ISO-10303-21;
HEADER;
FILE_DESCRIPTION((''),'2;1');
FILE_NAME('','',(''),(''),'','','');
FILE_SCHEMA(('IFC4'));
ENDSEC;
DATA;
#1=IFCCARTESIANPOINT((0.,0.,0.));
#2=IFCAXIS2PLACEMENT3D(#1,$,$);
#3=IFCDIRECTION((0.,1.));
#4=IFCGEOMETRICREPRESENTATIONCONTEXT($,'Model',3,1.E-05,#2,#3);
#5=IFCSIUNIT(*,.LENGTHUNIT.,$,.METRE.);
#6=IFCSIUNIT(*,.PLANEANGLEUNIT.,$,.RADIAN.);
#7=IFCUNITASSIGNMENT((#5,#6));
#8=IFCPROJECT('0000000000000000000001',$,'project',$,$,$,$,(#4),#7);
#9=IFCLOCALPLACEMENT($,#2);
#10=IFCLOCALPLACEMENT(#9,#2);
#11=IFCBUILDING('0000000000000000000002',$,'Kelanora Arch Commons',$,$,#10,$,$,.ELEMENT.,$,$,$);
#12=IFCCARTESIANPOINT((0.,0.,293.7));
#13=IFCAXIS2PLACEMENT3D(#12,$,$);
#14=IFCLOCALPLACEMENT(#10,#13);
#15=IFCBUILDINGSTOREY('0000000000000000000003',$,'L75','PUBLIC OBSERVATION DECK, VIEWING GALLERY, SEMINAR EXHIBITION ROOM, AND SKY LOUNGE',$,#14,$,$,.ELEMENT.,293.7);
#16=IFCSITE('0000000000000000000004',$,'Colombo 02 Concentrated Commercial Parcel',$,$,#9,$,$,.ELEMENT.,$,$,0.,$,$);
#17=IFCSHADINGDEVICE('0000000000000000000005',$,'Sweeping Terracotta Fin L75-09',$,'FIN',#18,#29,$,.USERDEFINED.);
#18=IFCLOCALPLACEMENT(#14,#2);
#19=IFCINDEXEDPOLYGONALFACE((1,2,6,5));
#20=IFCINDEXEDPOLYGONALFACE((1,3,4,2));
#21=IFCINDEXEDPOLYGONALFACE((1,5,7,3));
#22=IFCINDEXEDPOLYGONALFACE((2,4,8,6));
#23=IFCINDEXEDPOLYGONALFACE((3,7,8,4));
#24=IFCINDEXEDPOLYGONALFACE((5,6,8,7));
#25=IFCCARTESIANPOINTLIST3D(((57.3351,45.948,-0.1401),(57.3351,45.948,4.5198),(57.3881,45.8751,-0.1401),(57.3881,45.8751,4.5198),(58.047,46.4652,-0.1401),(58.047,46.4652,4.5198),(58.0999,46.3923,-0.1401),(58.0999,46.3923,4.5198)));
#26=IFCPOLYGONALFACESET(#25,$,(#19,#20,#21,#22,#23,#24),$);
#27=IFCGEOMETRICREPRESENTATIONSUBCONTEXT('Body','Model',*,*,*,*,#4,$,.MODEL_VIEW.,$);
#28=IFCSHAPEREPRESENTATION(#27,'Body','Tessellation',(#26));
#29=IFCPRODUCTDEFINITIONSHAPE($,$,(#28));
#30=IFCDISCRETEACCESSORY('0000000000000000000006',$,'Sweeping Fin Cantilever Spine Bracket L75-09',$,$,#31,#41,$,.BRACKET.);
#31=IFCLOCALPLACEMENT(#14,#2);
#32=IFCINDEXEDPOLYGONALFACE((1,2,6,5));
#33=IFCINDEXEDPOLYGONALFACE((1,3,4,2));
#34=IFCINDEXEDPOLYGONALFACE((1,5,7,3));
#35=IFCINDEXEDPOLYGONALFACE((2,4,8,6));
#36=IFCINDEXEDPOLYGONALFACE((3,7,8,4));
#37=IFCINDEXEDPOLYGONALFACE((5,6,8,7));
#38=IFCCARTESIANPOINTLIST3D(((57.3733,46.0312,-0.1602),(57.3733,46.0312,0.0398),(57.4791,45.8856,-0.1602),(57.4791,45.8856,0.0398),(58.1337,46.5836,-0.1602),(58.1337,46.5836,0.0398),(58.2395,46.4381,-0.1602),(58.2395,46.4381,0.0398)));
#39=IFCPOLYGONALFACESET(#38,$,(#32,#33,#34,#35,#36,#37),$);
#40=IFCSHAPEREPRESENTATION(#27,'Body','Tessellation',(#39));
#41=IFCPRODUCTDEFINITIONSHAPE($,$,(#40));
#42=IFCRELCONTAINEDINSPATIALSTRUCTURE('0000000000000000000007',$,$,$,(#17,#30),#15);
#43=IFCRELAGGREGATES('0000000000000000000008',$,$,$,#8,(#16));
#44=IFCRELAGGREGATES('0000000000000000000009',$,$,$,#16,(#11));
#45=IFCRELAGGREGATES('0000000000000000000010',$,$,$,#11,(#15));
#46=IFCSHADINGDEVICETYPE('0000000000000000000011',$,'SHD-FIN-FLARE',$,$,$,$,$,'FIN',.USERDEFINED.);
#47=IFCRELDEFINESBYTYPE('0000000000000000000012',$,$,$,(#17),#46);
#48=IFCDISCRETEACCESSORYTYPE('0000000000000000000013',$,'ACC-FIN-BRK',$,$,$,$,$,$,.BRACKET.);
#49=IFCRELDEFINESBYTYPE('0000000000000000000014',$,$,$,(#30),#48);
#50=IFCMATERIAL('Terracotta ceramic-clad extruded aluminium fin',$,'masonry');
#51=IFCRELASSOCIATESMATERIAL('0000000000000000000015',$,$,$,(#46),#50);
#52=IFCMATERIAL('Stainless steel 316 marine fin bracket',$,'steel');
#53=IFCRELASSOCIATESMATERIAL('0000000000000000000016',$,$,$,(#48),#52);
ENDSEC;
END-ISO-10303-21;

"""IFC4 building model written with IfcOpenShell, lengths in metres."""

from ifc_helpers import new_model, si_unit, direction, frame, origin, origin_2d, place, context, subcontext, project, spatial, rectangle, extrude, source, transform, mapped, material, type_object, element, save


model = new_model("IFC4")

# Units and contexts
model_context = context("Model", 3, precision=1e-05, world=origin(), true_north=direction((0.0, 1.0)))
body_context = subcontext(model_context, "Body", "Model", "MODEL_VIEW")
ifc_project = project(units=[si_unit("LENGTHUNIT", "METRE"), si_unit("PLANEANGLEUNIT", "RADIAN")], contexts=[model_context])

# Site, building, storey
site_placement = place(None, origin())
site = spatial("IfcSite", under=ifc_project, at=site_placement, Name="Colombo 02 Concentrated Commercial Parcel", CompositionType="ELEMENT", RefElevation=0.0)
building_placement = place(site_placement, origin())
building = spatial("IfcBuilding", under=site, at=building_placement, Name="Kelanora Arch Commons", CompositionType="ELEMENT")
storey_placement = place(building_placement, frame((0.0, 0.0, 293.7)))
storey = spatial("IfcBuildingStorey", under=building, at=storey_placement, Name="L75", Description="PUBLIC OBSERVATION DECK, VIEWING GALLERY, SEMINAR EXHIBITION ROOM, AND SKY LOUNGE", CompositionType="ELEMENT", Elevation=293.7)

# Shading device
ifc_material_1 = material(Name="Terracotta ceramic-clad extruded aluminium fin", Category="masonry")
shading_device_type = type_object("IfcShadingDeviceType", Name="SHD-FIN-FLARE", ElementType="FIN", PredefinedType="USERDEFINED", material=ifc_material_1)
shared_shape_1 = source(origin(), body_context, "Body", "SweptSolid", [
    extrude(rectangle(XDim=0.8799, YDim=0.0901, at=origin_2d()), origin(), (0.0, 0.0, 1.0), 4.6599),
])
shading_device_placement = place(storey_placement, frame((57.7175, 46.1702, -0.1401), z_axis=(0.0, 0.0, 1.0), x_axis=(-0.809017, -0.587785, 0.0)))
element("IfcShadingDevice", 1, at=shading_device_placement, inside=storey, type_object=shading_device_type, Name="Sweeping Terracotta Fin L75-09", ObjectType="FIN", PredefinedType="USERDEFINED", context=body_context, shape_type="MappedRepresentation", body=[
    mapped(shared_shape_1, transform((0.0, 0.0, 0.0), scale=1.0)),
])

# Discrete accessory
ifc_material_2 = material(Name="Stainless steel 316 marine fin bracket", Category="steel")
discrete_accessory_type = type_object("IfcDiscreteAccessoryType", Name="ACC-FIN-BRK", PredefinedType="BRACKET", material=ifc_material_2)
shared_shape_2 = source(origin(), body_context, "Body", "SweptSolid", [
    extrude(rectangle(XDim=0.9399, YDim=0.1799, at=origin_2d()), origin(), (0.0, 0.0, 1.0), 0.2),
])
discrete_accessory_placement = place(storey_placement, frame((57.8064, 46.2346, -0.1602), z_axis=(0.0, 0.0, 1.0), x_axis=(-0.809017, -0.587785, 0.0)))
element("IfcDiscreteAccessory", 2, at=discrete_accessory_placement, inside=storey, type_object=discrete_accessory_type, Name="Sweeping Fin Cantilever Spine Bracket L75-09", PredefinedType="BRACKET", context=body_context, shape_type="MappedRepresentation", body=[
    mapped(shared_shape_2, transform((0.0, 0.0, 0.0), scale=1.0)),
])

save(model, "model.ifc")
